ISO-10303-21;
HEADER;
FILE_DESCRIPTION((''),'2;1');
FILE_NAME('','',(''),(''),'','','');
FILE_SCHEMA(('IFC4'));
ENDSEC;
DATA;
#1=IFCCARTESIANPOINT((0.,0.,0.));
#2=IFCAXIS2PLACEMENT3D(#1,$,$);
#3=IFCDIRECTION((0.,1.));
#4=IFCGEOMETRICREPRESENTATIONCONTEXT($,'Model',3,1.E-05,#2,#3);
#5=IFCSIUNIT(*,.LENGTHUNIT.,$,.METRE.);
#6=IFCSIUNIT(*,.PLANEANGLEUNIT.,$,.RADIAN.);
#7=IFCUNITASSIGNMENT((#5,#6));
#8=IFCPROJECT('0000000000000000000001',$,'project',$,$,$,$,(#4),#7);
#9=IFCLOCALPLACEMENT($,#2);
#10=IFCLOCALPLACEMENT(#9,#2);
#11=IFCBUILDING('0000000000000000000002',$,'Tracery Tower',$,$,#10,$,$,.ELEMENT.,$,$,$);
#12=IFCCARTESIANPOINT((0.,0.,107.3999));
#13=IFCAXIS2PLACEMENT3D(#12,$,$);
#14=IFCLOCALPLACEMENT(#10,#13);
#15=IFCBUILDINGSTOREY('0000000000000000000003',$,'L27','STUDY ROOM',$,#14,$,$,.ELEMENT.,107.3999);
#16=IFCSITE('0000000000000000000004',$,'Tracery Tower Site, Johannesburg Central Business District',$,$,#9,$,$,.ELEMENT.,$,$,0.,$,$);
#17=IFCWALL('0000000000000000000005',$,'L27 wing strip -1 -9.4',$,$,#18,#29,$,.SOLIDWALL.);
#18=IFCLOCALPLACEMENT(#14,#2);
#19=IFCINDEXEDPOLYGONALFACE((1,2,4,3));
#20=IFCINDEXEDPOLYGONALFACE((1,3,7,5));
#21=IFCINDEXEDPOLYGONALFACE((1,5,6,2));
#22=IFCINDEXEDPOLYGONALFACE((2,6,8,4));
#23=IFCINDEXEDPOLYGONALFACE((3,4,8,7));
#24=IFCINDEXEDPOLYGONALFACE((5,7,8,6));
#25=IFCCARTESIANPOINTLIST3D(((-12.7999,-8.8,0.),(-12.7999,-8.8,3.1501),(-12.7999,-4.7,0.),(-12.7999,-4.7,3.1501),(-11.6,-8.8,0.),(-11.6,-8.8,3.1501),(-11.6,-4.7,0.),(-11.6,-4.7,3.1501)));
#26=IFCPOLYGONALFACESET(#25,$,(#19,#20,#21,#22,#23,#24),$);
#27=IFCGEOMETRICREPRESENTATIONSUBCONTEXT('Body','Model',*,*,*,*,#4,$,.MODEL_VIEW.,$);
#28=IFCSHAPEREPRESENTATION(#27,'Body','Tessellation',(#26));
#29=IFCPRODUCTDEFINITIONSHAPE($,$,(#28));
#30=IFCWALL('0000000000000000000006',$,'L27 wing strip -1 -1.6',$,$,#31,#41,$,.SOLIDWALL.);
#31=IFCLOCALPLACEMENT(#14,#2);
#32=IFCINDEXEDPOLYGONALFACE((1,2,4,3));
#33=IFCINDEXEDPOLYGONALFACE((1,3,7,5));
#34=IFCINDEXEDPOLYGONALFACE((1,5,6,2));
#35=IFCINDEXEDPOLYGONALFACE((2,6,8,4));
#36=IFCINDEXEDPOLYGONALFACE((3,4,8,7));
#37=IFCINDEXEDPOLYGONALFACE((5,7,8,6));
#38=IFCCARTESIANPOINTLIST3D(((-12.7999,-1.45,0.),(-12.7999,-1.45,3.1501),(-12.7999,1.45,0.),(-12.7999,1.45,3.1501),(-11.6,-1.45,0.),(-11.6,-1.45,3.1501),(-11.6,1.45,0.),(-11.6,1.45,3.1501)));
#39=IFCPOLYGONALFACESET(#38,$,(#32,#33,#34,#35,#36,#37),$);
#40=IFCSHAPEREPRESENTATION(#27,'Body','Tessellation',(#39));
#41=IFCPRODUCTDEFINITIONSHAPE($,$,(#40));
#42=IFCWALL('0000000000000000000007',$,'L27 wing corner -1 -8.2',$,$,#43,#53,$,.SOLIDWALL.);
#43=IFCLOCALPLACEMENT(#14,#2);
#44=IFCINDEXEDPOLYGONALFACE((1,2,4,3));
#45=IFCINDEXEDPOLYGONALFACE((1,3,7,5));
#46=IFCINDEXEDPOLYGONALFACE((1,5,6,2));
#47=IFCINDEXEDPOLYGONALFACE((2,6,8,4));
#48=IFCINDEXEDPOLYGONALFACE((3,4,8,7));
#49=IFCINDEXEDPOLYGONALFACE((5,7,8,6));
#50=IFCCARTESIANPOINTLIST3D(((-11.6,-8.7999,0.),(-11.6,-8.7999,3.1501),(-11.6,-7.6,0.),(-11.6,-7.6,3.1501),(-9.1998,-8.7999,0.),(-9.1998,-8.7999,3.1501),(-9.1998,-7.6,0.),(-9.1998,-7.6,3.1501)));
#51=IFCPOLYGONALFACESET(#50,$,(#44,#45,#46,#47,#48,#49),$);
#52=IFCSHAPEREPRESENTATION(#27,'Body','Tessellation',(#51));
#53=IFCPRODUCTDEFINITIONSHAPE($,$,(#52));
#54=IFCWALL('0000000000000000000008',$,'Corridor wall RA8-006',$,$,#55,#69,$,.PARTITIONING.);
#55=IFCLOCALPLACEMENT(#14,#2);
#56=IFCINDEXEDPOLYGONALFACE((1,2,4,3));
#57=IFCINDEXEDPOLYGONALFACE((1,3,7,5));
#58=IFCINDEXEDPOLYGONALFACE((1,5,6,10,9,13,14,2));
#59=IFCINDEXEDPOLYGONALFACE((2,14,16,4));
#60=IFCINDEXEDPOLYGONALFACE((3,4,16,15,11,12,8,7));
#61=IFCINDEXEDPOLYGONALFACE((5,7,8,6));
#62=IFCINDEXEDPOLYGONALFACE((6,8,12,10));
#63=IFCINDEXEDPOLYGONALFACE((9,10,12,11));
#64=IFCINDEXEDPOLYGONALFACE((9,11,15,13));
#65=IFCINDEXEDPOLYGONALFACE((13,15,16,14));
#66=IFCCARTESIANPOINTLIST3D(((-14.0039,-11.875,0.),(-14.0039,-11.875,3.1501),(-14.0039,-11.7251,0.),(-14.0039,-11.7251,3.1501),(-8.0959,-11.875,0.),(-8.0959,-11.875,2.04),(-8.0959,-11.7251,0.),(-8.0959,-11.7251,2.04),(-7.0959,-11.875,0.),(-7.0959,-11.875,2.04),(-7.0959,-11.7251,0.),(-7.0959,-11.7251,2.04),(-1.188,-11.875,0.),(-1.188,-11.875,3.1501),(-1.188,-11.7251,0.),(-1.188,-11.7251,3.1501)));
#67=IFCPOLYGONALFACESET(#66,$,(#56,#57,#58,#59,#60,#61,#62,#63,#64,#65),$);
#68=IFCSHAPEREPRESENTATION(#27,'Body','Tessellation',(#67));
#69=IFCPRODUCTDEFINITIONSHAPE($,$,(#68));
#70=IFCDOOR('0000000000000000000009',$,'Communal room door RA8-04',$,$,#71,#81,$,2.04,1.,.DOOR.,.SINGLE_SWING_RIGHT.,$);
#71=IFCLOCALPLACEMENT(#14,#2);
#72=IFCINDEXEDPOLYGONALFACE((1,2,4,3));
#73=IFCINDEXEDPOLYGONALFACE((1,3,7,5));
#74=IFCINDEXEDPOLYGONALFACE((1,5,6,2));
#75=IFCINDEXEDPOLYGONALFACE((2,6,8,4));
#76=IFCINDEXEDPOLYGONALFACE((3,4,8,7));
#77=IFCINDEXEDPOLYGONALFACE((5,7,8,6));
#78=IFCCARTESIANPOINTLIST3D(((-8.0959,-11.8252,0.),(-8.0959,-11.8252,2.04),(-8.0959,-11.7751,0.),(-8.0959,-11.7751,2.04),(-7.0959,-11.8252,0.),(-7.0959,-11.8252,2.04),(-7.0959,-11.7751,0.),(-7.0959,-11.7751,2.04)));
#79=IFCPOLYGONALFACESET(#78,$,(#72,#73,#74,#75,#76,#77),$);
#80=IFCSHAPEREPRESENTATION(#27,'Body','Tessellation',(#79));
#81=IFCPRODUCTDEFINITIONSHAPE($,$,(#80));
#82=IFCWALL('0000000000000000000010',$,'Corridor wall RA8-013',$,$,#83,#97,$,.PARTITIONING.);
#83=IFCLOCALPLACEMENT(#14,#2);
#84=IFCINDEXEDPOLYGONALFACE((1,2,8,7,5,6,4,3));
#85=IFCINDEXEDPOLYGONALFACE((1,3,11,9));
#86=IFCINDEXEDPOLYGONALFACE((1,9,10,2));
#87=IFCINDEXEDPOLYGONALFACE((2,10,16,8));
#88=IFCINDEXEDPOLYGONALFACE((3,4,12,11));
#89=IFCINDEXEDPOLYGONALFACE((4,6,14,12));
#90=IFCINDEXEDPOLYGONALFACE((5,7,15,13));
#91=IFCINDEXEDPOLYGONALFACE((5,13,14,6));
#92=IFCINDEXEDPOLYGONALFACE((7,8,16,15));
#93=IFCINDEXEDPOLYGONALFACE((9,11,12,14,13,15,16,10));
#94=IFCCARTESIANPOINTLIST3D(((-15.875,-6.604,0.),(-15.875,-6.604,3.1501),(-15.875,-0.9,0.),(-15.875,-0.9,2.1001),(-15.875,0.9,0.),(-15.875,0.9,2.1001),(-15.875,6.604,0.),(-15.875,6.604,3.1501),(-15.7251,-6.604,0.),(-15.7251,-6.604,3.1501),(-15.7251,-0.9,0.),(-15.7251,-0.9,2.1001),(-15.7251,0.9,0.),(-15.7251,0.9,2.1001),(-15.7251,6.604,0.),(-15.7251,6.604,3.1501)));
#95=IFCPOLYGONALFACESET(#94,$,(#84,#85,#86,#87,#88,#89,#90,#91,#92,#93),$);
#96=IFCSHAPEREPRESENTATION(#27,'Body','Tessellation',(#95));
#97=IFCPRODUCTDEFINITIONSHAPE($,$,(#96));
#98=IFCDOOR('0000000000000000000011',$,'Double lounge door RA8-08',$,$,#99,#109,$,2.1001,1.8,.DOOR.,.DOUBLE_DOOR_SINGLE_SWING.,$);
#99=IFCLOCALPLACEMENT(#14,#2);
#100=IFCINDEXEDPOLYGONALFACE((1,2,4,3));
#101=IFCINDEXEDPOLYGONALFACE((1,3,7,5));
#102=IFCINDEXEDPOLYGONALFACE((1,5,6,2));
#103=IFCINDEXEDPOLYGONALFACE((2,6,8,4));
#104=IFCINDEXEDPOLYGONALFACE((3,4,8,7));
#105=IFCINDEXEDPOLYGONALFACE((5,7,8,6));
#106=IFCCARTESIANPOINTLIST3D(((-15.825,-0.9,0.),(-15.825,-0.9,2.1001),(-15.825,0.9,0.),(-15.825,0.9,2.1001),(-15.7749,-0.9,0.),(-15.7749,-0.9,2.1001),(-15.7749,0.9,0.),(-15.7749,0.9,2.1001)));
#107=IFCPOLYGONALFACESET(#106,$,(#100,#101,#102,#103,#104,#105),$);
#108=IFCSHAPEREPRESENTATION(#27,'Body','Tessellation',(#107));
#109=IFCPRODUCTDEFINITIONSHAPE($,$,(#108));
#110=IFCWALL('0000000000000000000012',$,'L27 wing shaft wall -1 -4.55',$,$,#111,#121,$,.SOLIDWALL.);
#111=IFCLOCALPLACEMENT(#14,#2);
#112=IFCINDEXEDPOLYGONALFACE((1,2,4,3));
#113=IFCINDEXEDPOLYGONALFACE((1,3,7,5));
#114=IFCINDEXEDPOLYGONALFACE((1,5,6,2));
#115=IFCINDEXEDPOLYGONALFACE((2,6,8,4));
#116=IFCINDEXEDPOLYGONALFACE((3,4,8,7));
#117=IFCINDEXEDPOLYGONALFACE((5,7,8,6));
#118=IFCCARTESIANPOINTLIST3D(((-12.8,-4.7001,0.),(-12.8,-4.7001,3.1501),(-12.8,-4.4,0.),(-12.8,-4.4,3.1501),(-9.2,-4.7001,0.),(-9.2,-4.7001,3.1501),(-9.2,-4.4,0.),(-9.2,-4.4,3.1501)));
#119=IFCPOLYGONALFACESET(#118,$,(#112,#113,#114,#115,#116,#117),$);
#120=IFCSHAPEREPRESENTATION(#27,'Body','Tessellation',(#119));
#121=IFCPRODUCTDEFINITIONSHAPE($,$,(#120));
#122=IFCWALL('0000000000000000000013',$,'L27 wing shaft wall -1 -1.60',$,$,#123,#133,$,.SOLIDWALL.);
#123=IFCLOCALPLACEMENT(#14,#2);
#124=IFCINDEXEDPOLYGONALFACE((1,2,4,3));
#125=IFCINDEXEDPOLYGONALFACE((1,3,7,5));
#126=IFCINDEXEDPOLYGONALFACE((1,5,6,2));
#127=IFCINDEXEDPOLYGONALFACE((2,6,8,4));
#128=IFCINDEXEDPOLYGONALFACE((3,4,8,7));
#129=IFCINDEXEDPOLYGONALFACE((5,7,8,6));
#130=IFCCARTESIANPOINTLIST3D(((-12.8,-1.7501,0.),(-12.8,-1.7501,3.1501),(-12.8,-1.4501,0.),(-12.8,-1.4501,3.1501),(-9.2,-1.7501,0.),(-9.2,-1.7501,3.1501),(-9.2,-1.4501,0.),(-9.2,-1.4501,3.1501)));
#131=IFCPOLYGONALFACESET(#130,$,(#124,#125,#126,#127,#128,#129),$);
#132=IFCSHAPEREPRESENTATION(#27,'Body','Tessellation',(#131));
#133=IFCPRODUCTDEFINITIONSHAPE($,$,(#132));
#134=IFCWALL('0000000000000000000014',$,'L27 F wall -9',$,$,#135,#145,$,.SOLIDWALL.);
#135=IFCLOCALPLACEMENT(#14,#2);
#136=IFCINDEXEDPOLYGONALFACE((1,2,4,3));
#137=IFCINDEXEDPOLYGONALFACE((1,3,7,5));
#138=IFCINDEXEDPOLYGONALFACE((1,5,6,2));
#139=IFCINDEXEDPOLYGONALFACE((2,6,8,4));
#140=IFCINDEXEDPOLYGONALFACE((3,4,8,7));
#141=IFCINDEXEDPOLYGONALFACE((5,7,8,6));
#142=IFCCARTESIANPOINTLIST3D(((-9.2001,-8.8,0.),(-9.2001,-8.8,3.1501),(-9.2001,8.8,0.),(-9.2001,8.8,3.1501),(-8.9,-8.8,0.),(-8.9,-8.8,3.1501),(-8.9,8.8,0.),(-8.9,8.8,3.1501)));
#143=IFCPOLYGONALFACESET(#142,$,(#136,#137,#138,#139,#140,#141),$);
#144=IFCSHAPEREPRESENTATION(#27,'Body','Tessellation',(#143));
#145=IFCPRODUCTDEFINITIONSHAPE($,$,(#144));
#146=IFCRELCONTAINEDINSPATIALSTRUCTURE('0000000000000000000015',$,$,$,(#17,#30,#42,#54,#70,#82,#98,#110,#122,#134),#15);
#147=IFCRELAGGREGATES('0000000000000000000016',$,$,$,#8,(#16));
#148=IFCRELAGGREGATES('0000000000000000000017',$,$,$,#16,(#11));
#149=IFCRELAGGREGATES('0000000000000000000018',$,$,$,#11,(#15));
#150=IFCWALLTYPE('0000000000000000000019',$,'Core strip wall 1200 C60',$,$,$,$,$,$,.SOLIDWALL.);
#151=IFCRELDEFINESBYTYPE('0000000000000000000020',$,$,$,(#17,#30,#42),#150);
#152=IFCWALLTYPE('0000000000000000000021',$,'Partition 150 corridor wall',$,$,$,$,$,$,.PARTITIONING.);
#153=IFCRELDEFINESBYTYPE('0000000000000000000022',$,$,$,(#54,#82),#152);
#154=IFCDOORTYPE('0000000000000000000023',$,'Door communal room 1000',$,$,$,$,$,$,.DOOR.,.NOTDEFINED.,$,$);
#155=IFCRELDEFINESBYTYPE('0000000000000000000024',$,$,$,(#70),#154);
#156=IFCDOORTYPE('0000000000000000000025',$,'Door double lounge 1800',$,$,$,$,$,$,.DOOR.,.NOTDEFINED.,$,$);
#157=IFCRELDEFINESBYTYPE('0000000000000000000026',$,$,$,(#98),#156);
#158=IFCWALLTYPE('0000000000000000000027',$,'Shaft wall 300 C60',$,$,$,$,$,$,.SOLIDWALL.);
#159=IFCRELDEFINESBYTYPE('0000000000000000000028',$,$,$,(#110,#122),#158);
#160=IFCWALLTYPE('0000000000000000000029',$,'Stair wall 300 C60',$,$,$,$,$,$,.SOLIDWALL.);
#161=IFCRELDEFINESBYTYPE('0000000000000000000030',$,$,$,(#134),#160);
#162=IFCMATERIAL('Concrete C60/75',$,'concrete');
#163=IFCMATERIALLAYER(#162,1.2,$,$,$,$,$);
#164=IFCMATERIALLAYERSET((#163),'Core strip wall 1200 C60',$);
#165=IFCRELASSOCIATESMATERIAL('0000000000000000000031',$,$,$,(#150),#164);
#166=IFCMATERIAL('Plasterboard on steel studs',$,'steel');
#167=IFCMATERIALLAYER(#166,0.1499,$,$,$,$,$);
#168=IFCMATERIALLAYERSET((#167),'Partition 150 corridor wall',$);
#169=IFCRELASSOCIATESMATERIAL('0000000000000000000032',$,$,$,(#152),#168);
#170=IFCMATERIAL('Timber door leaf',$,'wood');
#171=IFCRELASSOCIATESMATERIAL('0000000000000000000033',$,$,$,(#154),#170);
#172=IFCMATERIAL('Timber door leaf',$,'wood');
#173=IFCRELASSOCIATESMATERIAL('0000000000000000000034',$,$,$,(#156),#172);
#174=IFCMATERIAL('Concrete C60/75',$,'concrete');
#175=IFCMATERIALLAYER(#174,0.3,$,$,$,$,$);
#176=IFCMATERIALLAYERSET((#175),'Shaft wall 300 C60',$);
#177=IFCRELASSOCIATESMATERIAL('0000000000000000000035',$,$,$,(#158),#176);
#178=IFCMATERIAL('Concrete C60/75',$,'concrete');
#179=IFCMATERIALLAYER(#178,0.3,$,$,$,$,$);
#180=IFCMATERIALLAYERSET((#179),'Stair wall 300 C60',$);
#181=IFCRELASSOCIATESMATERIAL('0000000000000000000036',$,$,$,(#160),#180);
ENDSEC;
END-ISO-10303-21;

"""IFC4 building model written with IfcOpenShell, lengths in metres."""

from ifc_helpers import new_model, si_unit, direction, frame, frame_2d, origin, place, context, subcontext, project, spatial, rectangle, extrude, material, layer, layer_set, type_object, element, fill, save


model = new_model("IFC4")

# Units and contexts
model_context = context("Model", 3, precision=1e-05, world=origin(), true_north=direction((0.0, 1.0)))
body_context = subcontext(model_context, "Body", "Model", "MODEL_VIEW")
ifc_project = project(units=[si_unit("LENGTHUNIT", "METRE"), si_unit("PLANEANGLEUNIT", "RADIAN")], contexts=[model_context])

# Site, building, storey
site_placement = place(None, origin())
site = spatial("IfcSite", under=ifc_project, at=site_placement, Name="Tracery Tower Site, Johannesburg Central Business District", CompositionType="ELEMENT", RefElevation=0.0)
building_placement = place(site_placement, origin())
building = spatial("IfcBuilding", under=site, at=building_placement, Name="Tracery Tower", CompositionType="ELEMENT")
storey_placement = place(building_placement, frame((0.0, 0.0, 107.3999)))
storey = spatial("IfcBuildingStorey", under=building, at=storey_placement, Name="L27", Description="STUDY ROOM", CompositionType="ELEMENT", Elevation=107.3999)

# Walls
ifc_material_1 = material(Name="Concrete C60/75", Category="concrete")
ifc_layer_1 = layer(ifc_material_1, 1.2)
ifc_layer_set_1 = layer_set([ifc_layer_1], Name="Core strip wall 1200 C60")
wall_type_1 = type_object("IfcWallType", Name="Core strip wall 1200 C60", PredefinedType="SOLIDWALL", material=ifc_layer_set_1)
wall_1_placement = place(storey_placement, frame((-12.2, -8.8, 0.0), z_axis=(0.0, 0.0, 1.0), x_axis=(0.0, 1.0, 0.0)))
element("IfcWall", 1, at=wall_1_placement, inside=storey, type_object=wall_type_1, Name="L27 wing strip -1 -9.4", PredefinedType="SOLIDWALL", context=body_context, shape_type="SweptSolid", body=[
    extrude(rectangle(XDim=4.1001, YDim=1.2, at=frame_2d((2.05, 0.0))), origin(), (0.0, 0.0, 1.0), 3.1501),
])
wall_2_placement = place(storey_placement, frame((-12.2, -1.45, 0.0), z_axis=(0.0, 0.0, 1.0), x_axis=(0.0, 1.0, 0.0)))
element("IfcWall", 2, at=wall_2_placement, inside=storey, type_object=wall_type_1, Name="L27 wing strip -1 -1.6", PredefinedType="SOLIDWALL", context=body_context, shape_type="SweptSolid", body=[
    extrude(rectangle(XDim=2.8999, YDim=1.2, at=frame_2d((1.45, 0.0))), origin(), (0.0, 0.0, 1.0), 3.1501),
])
wall_3_placement = place(storey_placement, frame((-11.6001, -8.2, 0.0), z_axis=(0.0, 0.0, 1.0), x_axis=(1.0, 0.0, 0.0)))
element("IfcWall", 3, at=wall_3_placement, inside=storey, type_object=wall_type_1, Name="L27 wing corner -1 -8.2", PredefinedType="SOLIDWALL", context=body_context, shape_type="SweptSolid", body=[
    extrude(rectangle(XDim=2.4001, YDim=1.2, at=frame_2d((1.2002, 0.0))), origin(), (0.0, 0.0, 1.0), 3.1501),
])

# Walls, openings, doors
ifc_material_2 = material(Name="Plasterboard on steel studs", Category="steel")
ifc_layer_2 = layer(ifc_material_2, 0.1499)
ifc_layer_set_2 = layer_set([ifc_layer_2], Name="Partition 150 corridor wall")
wall_type_2 = type_object("IfcWallType", Name="Partition 150 corridor wall", PredefinedType="PARTITIONING", material=ifc_layer_set_2)
wall_4_placement = place(storey_placement, frame((-14.0039, -11.8, 0.0), z_axis=(0.0, 0.0, 1.0), x_axis=(1.0, 0.0, 0.0)))
wall_4 = element("IfcWall", 4, at=wall_4_placement, inside=storey, type_object=wall_type_2, Name="Corridor wall RA8-006", PredefinedType="PARTITIONING", context=body_context, shape_type="SweptSolid", body=[
    extrude(rectangle(XDim=12.8159, YDim=0.1499, at=frame_2d((6.408, 0.0))), origin(), (0.0, 0.0, 1.0), 3.1501),
])
opening_1_placement = place(wall_4_placement, frame((5.908, 0.0, 0.0)))
opening_1 = element("IfcOpeningElement", 5, at=opening_1_placement, cuts=wall_4, PredefinedType="OPENING", context=body_context, shape_type="SweptSolid", body=[
    extrude(rectangle(XDim=1.0, YDim=2.04, at=frame_2d((0.5, 1.02))), frame((0.0, 0.075, 0.0), z_axis=(0.0, -1.0, 0.0), x_axis=(1.0, 0.0, 0.0)), (0.0, 0.0, 1.0), 0.1499),
])
ifc_material_3 = material(Name="Timber door leaf", Category="wood")
door_type_1 = type_object("IfcDoorType", Name="Door communal room 1000", OperationType="NOTDEFINED", PredefinedType="DOOR", material=ifc_material_3)
door_1_placement = place(opening_1_placement, origin())
door_1 = element("IfcDoor", 6, at=door_1_placement, inside=storey, type_object=door_type_1, Name="Communal room door RA8-04", OperationType="SINGLE_SWING_RIGHT", OverallHeight=2.04, OverallWidth=1.0, PredefinedType="DOOR", context=body_context, shape_type="SweptSolid", body=[
    extrude(rectangle(XDim=1.0, YDim=2.04, at=frame_2d((0.5, 1.02))), frame((0.0, 0.0249, 0.0), z_axis=(0.0, -1.0, 0.0), x_axis=(1.0, 0.0, 0.0)), (0.0, 0.0, 1.0), 0.05),
])
fill(opening_1, door_1)
wall_5_placement = place(storey_placement, frame((-15.8, -6.604, 0.0), z_axis=(0.0, 0.0, 1.0), x_axis=(0.0, 1.0, 0.0)))
wall_5 = element("IfcWall", 7, at=wall_5_placement, inside=storey, type_object=wall_type_2, Name="Corridor wall RA8-013", PredefinedType="PARTITIONING", context=body_context, shape_type="SweptSolid", body=[
    extrude(rectangle(XDim=13.208, YDim=0.1499, at=frame_2d((6.604, 0.0))), origin(), (0.0, 0.0, 1.0), 3.1501),
])
opening_2_placement = place(wall_5_placement, frame((5.7041, 0.0, 0.0)))
opening_2 = element("IfcOpeningElement", 8, at=opening_2_placement, cuts=wall_5, PredefinedType="OPENING", context=body_context, shape_type="SweptSolid", body=[
    extrude(rectangle(XDim=1.8, YDim=2.1001, at=frame_2d((0.8999, 1.05))), frame((0.0, 0.075, 0.0), z_axis=(0.0, -1.0, 0.0), x_axis=(1.0, 0.0, 0.0)), (0.0, 0.0, 1.0), 0.1499),
])
ifc_material_4 = material(Name="Timber door leaf", Category="wood")
door_type_2 = type_object("IfcDoorType", Name="Door double lounge 1800", OperationType="NOTDEFINED", PredefinedType="DOOR", material=ifc_material_4)
door_2_placement = place(opening_2_placement, origin())
door_2 = element("IfcDoor", 9, at=door_2_placement, inside=storey, type_object=door_type_2, Name="Double lounge door RA8-08", OperationType="DOUBLE_DOOR_SINGLE_SWING", OverallHeight=2.1001, OverallWidth=1.8, PredefinedType="DOOR", context=body_context, shape_type="SweptSolid", body=[
    extrude(rectangle(XDim=1.8, YDim=2.1001, at=frame_2d((0.8999, 1.05))), frame((0.0, 0.0249, 0.0), z_axis=(0.0, -1.0, 0.0), x_axis=(1.0, 0.0, 0.0)), (0.0, 0.0, 1.0), 0.05),
])
fill(opening_2, door_2)

# Walls
ifc_material_5 = material(Name="Concrete C60/75", Category="concrete")
ifc_layer_3 = layer(ifc_material_5, 0.3)
ifc_layer_set_3 = layer_set([ifc_layer_3], Name="Shaft wall 300 C60")
wall_type_3 = type_object("IfcWallType", Name="Shaft wall 300 C60", PredefinedType="SOLIDWALL", material=ifc_layer_set_3)
for number, where, z_axis, x_axis, name in (
    (10, (-12.8, -4.55, 0.0), (0.0, 0.0, 1.0), (1.0, 0.0, 0.0), "L27 wing shaft wall -1 -4.55"),
    (11, (-12.8, -1.6001, 0.0), (0.0, 0.0, 1.0), (1.0, 0.0, 0.0), "L27 wing shaft wall -1 -1.60"),
):
    element("IfcWall", number, at=place(storey_placement, frame(where, z_axis=z_axis, x_axis=x_axis)), inside=storey, type_object=wall_type_3, Name=name, PredefinedType="SOLIDWALL", context=body_context, shape_type="SweptSolid", body=[
        extrude(rectangle(XDim=3.6001, YDim=0.3, at=frame_2d((1.8, 0.0))), origin(), (0.0, 0.0, 1.0), 3.1501),
    ])
ifc_material_6 = material(Name="Concrete C60/75", Category="concrete")
ifc_layer_4 = layer(ifc_material_6, 0.3)
ifc_layer_set_4 = layer_set([ifc_layer_4], Name="Stair wall 300 C60")
wall_type_4 = type_object("IfcWallType", Name="Stair wall 300 C60", PredefinedType="SOLIDWALL", material=ifc_layer_set_4)
wall_6_placement = place(storey_placement, frame((-9.05, -8.8, 0.0), z_axis=(0.0, 0.0, 1.0), x_axis=(0.0, 1.0, 0.0)))
element("IfcWall", 12, at=wall_6_placement, inside=storey, type_object=wall_type_4, Name="L27 F wall -9", PredefinedType="SOLIDWALL", context=body_context, shape_type="SweptSolid", body=[
    extrude(rectangle(XDim=17.6001, YDim=0.3, at=frame_2d((8.8, 0.0))), origin(), (0.0, 0.0, 1.0), 3.1501),
])

save(model, "model.ifc")
